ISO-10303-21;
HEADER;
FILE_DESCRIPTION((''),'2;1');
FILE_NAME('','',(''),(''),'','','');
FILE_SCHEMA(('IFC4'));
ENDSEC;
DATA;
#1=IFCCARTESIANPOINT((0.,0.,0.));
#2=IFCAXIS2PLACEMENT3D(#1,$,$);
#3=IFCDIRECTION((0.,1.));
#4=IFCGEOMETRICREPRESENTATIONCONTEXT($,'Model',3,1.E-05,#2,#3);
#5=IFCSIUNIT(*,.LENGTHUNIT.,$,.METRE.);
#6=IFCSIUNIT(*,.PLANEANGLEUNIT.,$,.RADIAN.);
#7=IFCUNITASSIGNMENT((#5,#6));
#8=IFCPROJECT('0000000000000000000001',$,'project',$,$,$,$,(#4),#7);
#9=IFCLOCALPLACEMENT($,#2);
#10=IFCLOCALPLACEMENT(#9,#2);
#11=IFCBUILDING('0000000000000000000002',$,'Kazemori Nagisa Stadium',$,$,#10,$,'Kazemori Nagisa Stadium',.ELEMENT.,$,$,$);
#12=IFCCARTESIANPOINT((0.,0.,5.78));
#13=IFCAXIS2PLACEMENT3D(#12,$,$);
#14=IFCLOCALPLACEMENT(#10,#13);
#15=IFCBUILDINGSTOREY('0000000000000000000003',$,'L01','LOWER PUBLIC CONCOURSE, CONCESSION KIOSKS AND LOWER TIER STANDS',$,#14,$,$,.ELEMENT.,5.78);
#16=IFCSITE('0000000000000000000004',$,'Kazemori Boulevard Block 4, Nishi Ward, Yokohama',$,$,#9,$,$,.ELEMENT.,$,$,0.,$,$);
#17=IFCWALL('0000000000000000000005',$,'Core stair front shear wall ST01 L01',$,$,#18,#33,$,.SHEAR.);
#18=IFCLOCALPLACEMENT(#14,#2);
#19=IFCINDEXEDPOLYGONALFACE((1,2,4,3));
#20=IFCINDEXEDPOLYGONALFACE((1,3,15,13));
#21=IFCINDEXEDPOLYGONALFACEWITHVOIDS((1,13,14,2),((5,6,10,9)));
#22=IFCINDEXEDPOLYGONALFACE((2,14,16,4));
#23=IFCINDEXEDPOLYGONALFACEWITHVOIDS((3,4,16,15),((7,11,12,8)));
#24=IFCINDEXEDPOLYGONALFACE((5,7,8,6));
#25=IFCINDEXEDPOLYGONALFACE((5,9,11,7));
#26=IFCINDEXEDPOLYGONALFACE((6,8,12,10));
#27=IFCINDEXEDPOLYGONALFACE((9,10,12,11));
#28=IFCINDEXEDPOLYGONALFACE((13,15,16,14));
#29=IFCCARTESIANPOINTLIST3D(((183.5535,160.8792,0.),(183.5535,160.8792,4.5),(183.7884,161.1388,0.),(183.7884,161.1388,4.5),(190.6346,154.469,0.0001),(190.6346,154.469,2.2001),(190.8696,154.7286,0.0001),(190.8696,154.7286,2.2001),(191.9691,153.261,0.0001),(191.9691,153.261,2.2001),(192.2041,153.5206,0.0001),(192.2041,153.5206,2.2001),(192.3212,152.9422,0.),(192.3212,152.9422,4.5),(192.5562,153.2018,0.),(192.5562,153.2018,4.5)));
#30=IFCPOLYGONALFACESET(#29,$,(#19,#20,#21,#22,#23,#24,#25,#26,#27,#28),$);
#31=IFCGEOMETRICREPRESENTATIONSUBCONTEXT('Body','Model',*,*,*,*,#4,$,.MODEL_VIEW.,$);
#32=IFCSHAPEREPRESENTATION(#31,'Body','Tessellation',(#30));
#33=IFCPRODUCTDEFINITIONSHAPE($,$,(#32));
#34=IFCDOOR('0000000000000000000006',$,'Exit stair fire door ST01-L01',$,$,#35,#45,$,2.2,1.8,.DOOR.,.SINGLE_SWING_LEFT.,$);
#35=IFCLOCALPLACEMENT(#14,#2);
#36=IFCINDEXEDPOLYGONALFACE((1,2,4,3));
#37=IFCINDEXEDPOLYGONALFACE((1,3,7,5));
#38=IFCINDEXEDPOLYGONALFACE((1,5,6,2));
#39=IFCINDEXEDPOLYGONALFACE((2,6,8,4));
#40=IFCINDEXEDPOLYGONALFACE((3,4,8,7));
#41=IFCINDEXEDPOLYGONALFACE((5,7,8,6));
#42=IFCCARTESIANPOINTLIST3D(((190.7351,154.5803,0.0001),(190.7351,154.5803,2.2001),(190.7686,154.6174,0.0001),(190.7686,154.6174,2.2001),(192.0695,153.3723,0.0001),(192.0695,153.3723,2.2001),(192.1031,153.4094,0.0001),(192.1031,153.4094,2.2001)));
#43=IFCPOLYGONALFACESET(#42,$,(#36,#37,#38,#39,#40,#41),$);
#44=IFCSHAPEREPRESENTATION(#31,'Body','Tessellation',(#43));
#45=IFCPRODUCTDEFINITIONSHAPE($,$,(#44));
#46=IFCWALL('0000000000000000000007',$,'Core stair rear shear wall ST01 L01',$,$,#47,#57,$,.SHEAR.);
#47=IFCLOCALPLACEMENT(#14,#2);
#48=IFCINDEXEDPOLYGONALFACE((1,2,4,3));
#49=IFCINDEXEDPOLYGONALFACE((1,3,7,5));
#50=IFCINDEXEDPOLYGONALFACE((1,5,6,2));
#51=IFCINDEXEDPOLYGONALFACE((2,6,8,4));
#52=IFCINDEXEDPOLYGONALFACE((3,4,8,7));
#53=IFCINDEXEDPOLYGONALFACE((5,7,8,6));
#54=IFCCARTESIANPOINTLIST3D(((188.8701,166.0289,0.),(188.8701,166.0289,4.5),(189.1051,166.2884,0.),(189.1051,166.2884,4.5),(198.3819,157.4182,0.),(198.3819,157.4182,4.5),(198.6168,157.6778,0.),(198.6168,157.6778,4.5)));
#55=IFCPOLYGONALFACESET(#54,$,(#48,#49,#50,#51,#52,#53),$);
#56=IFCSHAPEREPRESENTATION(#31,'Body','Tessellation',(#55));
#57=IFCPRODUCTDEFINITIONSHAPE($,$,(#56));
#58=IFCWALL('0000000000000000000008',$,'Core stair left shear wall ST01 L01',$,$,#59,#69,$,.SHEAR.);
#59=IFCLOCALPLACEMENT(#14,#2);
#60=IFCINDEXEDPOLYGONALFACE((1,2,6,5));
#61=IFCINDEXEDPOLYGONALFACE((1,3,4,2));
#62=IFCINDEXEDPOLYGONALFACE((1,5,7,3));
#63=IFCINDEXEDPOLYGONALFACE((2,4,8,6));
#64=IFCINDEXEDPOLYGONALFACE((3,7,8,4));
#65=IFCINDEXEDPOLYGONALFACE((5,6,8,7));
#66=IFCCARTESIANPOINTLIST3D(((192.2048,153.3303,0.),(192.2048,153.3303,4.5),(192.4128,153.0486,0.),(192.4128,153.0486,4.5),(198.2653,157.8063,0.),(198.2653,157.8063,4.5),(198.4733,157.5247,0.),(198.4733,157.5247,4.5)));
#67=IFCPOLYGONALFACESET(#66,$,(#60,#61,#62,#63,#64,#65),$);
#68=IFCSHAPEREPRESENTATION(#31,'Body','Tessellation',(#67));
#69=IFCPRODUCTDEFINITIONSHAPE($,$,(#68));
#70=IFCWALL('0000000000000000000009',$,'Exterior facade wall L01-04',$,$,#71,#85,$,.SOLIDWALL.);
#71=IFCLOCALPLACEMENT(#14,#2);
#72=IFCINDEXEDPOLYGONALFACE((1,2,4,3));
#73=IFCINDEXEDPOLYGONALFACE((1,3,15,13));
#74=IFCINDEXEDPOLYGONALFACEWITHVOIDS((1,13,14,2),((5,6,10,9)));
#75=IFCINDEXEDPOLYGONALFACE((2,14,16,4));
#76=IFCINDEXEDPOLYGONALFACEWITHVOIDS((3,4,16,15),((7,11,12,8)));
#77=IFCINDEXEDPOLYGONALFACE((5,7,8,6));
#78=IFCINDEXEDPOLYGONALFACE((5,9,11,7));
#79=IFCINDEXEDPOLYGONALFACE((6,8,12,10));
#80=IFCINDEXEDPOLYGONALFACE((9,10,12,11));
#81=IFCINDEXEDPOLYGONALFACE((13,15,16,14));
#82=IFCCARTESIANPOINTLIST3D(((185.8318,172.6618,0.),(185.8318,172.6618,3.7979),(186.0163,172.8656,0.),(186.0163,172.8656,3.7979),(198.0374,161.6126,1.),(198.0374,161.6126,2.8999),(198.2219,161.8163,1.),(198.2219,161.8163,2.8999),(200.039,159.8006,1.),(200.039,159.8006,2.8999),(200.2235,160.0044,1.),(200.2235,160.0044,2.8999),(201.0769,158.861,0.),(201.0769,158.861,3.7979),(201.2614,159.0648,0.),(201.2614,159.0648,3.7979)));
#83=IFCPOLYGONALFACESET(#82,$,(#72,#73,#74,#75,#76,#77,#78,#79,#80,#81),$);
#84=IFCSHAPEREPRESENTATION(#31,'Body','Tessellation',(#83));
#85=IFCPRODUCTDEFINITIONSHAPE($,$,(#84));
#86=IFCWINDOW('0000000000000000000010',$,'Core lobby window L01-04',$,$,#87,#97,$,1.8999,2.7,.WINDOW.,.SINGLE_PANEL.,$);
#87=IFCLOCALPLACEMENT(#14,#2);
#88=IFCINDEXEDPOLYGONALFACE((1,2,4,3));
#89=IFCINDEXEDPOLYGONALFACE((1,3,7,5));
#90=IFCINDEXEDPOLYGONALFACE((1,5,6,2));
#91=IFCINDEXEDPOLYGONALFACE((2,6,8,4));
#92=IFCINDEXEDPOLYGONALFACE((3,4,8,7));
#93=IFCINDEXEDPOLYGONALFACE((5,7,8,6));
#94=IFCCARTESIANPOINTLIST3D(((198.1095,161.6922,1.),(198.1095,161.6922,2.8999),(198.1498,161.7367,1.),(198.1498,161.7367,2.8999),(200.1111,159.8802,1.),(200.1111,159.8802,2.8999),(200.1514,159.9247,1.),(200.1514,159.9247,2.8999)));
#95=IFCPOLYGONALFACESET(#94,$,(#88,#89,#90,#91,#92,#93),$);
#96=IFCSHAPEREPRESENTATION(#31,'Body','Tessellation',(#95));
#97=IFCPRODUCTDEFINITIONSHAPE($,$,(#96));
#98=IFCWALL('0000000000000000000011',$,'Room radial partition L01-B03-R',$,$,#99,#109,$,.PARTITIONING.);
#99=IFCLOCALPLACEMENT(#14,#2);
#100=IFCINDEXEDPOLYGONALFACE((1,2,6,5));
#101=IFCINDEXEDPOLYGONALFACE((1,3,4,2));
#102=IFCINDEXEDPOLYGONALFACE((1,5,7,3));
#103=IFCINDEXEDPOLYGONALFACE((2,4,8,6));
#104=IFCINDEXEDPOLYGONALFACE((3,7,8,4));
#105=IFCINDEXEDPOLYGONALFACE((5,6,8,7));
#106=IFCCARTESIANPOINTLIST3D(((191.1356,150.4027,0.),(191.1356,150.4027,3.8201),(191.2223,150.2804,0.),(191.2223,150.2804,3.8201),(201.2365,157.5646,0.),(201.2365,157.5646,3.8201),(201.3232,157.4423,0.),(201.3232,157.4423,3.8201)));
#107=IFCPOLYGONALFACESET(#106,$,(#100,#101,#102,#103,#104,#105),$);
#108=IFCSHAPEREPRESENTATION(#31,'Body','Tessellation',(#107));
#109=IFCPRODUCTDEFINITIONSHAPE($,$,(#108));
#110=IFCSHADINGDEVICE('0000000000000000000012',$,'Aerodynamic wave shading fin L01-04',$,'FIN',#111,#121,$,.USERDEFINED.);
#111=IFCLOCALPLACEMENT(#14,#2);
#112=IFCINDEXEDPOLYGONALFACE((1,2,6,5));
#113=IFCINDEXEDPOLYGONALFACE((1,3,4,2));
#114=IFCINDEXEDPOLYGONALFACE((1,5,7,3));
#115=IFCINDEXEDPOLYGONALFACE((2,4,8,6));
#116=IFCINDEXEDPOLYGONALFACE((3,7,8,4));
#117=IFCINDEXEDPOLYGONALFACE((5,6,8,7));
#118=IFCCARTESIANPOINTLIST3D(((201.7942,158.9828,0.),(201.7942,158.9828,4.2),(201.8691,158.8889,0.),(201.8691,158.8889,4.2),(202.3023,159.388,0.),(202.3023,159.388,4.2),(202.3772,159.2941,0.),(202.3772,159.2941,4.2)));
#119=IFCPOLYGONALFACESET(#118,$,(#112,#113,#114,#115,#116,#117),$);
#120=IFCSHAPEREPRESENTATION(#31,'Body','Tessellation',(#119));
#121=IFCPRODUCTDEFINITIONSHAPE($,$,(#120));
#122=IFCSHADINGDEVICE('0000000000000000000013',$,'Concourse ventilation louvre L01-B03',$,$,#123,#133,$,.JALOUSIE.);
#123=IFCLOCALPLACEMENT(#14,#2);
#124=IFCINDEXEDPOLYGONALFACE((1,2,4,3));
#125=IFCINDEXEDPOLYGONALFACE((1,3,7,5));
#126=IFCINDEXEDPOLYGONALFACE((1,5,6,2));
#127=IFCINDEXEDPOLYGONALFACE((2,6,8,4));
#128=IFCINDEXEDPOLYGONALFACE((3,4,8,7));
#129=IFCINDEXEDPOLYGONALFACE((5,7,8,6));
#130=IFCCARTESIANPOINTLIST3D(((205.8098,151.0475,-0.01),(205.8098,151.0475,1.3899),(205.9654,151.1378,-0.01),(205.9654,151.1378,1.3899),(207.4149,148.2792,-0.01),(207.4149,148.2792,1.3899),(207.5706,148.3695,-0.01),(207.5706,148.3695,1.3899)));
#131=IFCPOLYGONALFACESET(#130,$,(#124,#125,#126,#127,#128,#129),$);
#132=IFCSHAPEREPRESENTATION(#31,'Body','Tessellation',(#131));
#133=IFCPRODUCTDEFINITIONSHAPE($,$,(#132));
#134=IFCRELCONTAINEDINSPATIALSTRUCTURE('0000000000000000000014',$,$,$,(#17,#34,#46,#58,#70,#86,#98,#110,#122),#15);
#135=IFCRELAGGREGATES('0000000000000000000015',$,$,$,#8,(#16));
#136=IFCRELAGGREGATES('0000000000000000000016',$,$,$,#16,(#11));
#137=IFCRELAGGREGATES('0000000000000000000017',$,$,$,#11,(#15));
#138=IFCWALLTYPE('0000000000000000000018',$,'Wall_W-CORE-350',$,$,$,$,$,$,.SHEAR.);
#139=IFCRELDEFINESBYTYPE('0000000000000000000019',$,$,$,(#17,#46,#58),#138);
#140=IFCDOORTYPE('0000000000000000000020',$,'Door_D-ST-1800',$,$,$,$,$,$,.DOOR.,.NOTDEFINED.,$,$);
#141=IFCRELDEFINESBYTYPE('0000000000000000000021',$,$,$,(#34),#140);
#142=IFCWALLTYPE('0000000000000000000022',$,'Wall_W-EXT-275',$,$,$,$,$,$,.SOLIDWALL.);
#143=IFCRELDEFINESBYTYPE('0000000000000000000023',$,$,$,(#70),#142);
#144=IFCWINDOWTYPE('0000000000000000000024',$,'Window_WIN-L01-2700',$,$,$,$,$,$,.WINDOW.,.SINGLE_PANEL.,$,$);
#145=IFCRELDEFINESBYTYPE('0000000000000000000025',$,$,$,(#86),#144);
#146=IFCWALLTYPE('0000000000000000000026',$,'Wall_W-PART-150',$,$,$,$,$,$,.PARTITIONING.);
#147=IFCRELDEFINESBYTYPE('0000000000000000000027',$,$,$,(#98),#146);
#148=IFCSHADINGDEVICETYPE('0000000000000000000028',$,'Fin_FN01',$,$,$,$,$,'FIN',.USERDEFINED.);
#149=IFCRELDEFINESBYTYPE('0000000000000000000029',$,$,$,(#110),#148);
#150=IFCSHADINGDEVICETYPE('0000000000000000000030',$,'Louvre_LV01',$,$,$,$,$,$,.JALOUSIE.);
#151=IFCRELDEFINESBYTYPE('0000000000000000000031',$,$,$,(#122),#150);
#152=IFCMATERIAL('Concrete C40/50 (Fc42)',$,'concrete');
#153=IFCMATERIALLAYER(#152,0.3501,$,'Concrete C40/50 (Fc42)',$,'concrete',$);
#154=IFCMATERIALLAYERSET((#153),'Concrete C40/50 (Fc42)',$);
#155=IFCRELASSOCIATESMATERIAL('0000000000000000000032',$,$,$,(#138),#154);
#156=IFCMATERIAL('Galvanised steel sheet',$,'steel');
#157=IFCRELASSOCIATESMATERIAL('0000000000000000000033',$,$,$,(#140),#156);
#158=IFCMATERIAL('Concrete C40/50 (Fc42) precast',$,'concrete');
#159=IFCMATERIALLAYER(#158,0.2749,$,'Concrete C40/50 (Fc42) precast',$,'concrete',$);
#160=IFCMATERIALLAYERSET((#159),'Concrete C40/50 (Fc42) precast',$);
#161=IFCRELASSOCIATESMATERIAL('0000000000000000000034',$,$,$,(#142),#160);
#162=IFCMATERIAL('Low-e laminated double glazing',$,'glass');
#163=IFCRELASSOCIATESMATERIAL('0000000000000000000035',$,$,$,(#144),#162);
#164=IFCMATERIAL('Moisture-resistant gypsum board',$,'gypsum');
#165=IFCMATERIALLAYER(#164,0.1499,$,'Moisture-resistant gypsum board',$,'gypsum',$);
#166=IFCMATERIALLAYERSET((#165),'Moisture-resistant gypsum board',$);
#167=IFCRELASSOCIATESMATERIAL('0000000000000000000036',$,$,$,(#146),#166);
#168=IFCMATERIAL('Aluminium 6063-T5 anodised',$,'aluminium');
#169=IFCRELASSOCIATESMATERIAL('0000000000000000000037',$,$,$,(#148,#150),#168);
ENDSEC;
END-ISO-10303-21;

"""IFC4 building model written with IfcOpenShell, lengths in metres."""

from ifc_helpers import new_model, si_unit, direction, frame, frame_2d, origin, origin_2d, place, context, subcontext, project, spatial, rectangle, extrude, material, layer, layer_set, type_object, element, fill, save


model = new_model("IFC4")

# Units and contexts
model_context = context("Model", 3, precision=1e-05, world=origin(), true_north=direction((0.0, 1.0)))
body_context = subcontext(model_context, "Body", "Model", "MODEL_VIEW")
ifc_project = project(units=[si_unit("LENGTHUNIT", "METRE"), si_unit("PLANEANGLEUNIT", "RADIAN")], contexts=[model_context])

# Site, building, storey
site_placement = place(None, origin())
site = spatial("IfcSite", under=ifc_project, at=site_placement, Name="Kazemori Boulevard Block 4, Nishi Ward, Yokohama", CompositionType="ELEMENT", RefElevation=0.0)
building_placement = place(site_placement, origin())
building = spatial("IfcBuilding", under=site, at=building_placement, Name="Kazemori Nagisa Stadium", LongName="Kazemori Nagisa Stadium", CompositionType="ELEMENT")
storey_placement = place(building_placement, frame((0.0, 0.0, 5.78)))
storey = spatial("IfcBuildingStorey", under=building, at=storey_placement, Name="L01", Description="LOWER PUBLIC CONCOURSE, CONCESSION KIOSKS AND LOWER TIER STANDS", CompositionType="ELEMENT", Elevation=5.78)

# Shared definitions
ifc_material_1 = material(Name="Concrete C40/50 (Fc42)", Category="concrete")

# Shared definitions
ifc_material_2 = material(Name="Aluminium 6063-T5 anodised", Category="aluminium")
ifc_material_3 = material(Name="Low-e laminated double glazing", Category="glass")

# Wall, opening, door
ifc_layer_1 = layer(ifc_material_1, 0.3501, Name="Concrete C40/50 (Fc42)", Category="concrete")
ifc_layer_set_1 = layer_set([ifc_layer_1], Name="Concrete C40/50 (Fc42)")
wall_type_1 = type_object("IfcWallType", Name="Wall_W-CORE-350", PredefinedType="SHEAR", material=ifc_layer_set_1)
wall_1_placement = place(storey_placement, frame((192.4387, 153.072, 0.0), z_axis=(0.0, 0.0, 1.0), x_axis=(-0.741358, 0.67111, 0.0)))
wall_1 = element("IfcWall", 1, at=wall_1_placement, inside=storey, type_object=wall_type_1, Name="Core stair front shear wall ST01 L01", PredefinedType="SHEAR", context=body_context, shape_type="SweptSolid", body=[
    extrude(rectangle(XDim=11.8267, YDim=0.3501, at=frame_2d((5.9133, 0.0))), origin(), (0.0, 0.0, 1.0), 4.5),
])
opening_1_placement = place(wall_1_placement, frame((0.4751, 0.0, 0.0)))
opening_1 = element("IfcOpeningElement", 2, at=opening_1_placement, cuts=wall_1, PredefinedType="OPENING", context=body_context, shape_type="SweptSolid", body=[
    extrude(rectangle(XDim=1.8, YDim=2.2, at=frame_2d((0.8999, 1.1001))), frame((0.0, 0.1851, 0.0), z_axis=(0.0, -1.0, 0.0), x_axis=(1.0, 0.0, 0.0)), (0.0, 0.0, 1.0), 0.3701),
])
ifc_material_4 = material(Name="Galvanised steel sheet", Category="steel")
door_type = type_object("IfcDoorType", Name="Door_D-ST-1800", OperationType="NOTDEFINED", PredefinedType="DOOR", material=ifc_material_4)
door_placement = place(opening_1_placement, frame((1.8, 0.0, 0.0), z_axis=(0.0, 0.0, 1.0), x_axis=(-1.0, 0.0, 0.0)))
door = element("IfcDoor", 3, at=door_placement, inside=storey, type_object=door_type, Name="Exit stair fire door ST01-L01", OperationType="SINGLE_SWING_LEFT", OverallHeight=2.2, OverallWidth=1.8, PredefinedType="DOOR", context=body_context, shape_type="SweptSolid", body=[
    extrude(rectangle(XDim=1.8, YDim=2.2, at=frame_2d((0.8999, 1.1001))), frame((0.0, 0.0249, 0.0), z_axis=(0.0, -1.0, 0.0), x_axis=(1.0, 0.0, 0.0)), (0.0, 0.0, 1.0), 0.05),
])
fill(opening_1, door)

# Walls
wall_2_placement = place(storey_placement, frame((198.4993, 157.5481, 0.0), z_axis=(0.0, 0.0, 1.0), x_axis=(-0.741351, 0.671117, 0.0)))
element("IfcWall", 4, at=wall_2_placement, inside=storey, type_object=wall_type_1, Name="Core stair rear shear wall ST01 L01", PredefinedType="SHEAR", context=body_context, shape_type="SweptSolid", body=[
    extrude(rectangle(XDim=12.8303, YDim=0.3501, at=frame_2d((6.415, 0.0))), origin(), (0.0, 0.0, 1.0), 4.5),
])
wall_3_placement = place(storey_placement, frame((192.3088, 153.1895, 0.0), z_axis=(0.0, 0.0, 1.0), x_axis=(0.804396, 0.594094, 0.0)))
element("IfcWall", 5, at=wall_3_placement, inside=storey, type_object=wall_type_1, Name="Core stair left shear wall ST01 L01", PredefinedType="SHEAR", context=body_context, shape_type="SweptSolid", body=[
    extrude(rectangle(XDim=7.5342, YDim=0.3501, at=frame_2d((3.7671, 0.0))), origin(), (0.0, 0.0, 1.0), 4.5),
])

# Wall, opening, window
ifc_material_5 = material(Name="Concrete C40/50 (Fc42) precast", Category="concrete")
ifc_layer_2 = layer(ifc_material_5, 0.2749, Name="Concrete C40/50 (Fc42) precast", Category="concrete")
ifc_layer_set_2 = layer_set([ifc_layer_2], Name="Concrete C40/50 (Fc42) precast")
wall_type_2 = type_object("IfcWallType", Name="Wall_W-EXT-275", PredefinedType="SOLIDWALL", material=ifc_layer_set_2)
wall_4_placement = place(storey_placement, frame((201.1692, 158.9629, 0.0), z_axis=(0.0, 0.0, 1.0), x_axis=(-0.741352, 0.671116, 0.0)))
wall_4 = element("IfcWall", 6, at=wall_4_placement, inside=storey, type_object=wall_type_2, Name="Exterior facade wall L01-04", PredefinedType="SOLIDWALL", context=body_context, shape_type="SweptSolid", body=[
    extrude(rectangle(XDim=20.564, YDim=0.2749, at=frame_2d((10.282, 0.0))), origin(), (0.0, 0.0, 1.0), 3.7979),
])
opening_2_placement = place(wall_4_placement, frame((1.3999, 0.0, 1.0)))
opening_2 = element("IfcOpeningElement", 7, at=opening_2_placement, cuts=wall_4, PredefinedType="OPENING", context=body_context, shape_type="SweptSolid", body=[
    extrude(rectangle(XDim=2.7, YDim=1.8999, at=frame_2d((1.3501, 0.95))), frame((0.0, 0.1475, 0.0), z_axis=(0.0, -1.0, 0.0), x_axis=(1.0, 0.0, 0.0)), (0.0, 0.0, 1.0), 0.2949),
])
window_type = type_object("IfcWindowType", Name="Window_WIN-L01-2700", PartitioningType="SINGLE_PANEL", PredefinedType="WINDOW", material=ifc_material_3)
window_placement = place(opening_2_placement, origin())
window = element("IfcWindow", 8, at=window_placement, inside=storey, type_object=window_type, Name="Core lobby window L01-04", OverallHeight=1.8999, OverallWidth=2.7, PartitioningType="SINGLE_PANEL", PredefinedType="WINDOW", context=body_context, shape_type="SweptSolid", body=[
    extrude(rectangle(XDim=2.7, YDim=1.8999, at=frame_2d((1.3501, 0.95))), frame((0.0, 0.03, 0.0), z_axis=(0.0, -1.0, 0.0), x_axis=(1.0, 0.0, 0.0)), (0.0, 0.0, 1.0), 0.0601),
])
fill(opening_2, window)

# Wall
ifc_material_6 = material(Name="Moisture-resistant gypsum board", Category="gypsum")
ifc_layer_3 = layer(ifc_material_6, 0.1499, Name="Moisture-resistant gypsum board", Category="gypsum")
ifc_layer_set_3 = layer_set([ifc_layer_3], Name="Moisture-resistant gypsum board")
wall_type_3 = type_object("IfcWallType", Name="Wall_W-PART-150", PredefinedType="PARTITIONING", material=ifc_layer_set_3)
wall_5_placement = place(storey_placement, frame((191.179, 150.3416, 0.0), z_axis=(0.0, 0.0, 1.0), x_axis=(0.815754, 0.5784, 0.0)))
element("IfcWall", 9, at=wall_5_placement, inside=storey, type_object=wall_type_3, Name="Room radial partition L01-B03-R", PredefinedType="PARTITIONING", context=body_context, shape_type="SweptSolid", body=[
    extrude(rectangle(XDim=12.3823, YDim=0.1499, at=frame_2d((6.1912, 0.0))), origin(), (0.0, 0.0, 1.0), 3.8201),
])

# Shading devices
shading_device_type_1 = type_object("IfcShadingDeviceType", Name="Fin_FN01", ElementType="FIN", PredefinedType="USERDEFINED", material=ifc_material_2)
shading_device_1_placement = place(storey_placement, frame((202.0857, 159.1384, 0.0), z_axis=(0.0, 0.0, 1.0), x_axis=(0.781831, 0.62349, 0.0)))
element("IfcShadingDevice", 10, at=shading_device_1_placement, inside=storey, type_object=shading_device_type_1, Name="Aerodynamic wave shading fin L01-04", ObjectType="FIN", PredefinedType="USERDEFINED", context=body_context, shape_type="SweptSolid", body=[
    extrude(rectangle(XDim=0.6499, YDim=0.1201, at=origin_2d()), origin(), (0.0, 0.0, 1.0), 4.2),
])
shading_device_type_2 = type_object("IfcShadingDeviceType", Name="Louvre_LV01", PredefinedType="JALOUSIE", material=ifc_material_2)
shading_device_2_placement = place(storey_placement, frame((206.6902, 149.7085, -0.01), z_axis=(0.0, 0.0, 1.0), x_axis=(-0.501612, 0.865093, 0.0)))
element("IfcShadingDevice", 11, at=shading_device_2_placement, inside=storey, type_object=shading_device_type_2, Name="Concourse ventilation louvre L01-B03", PredefinedType="JALOUSIE", context=body_context, shape_type="SweptSolid", body=[
    extrude(rectangle(XDim=3.2, YDim=0.1799, at=origin_2d()), origin(), (0.0, 0.0, 1.0), 1.3999),
])

save(model, "model.ifc")
